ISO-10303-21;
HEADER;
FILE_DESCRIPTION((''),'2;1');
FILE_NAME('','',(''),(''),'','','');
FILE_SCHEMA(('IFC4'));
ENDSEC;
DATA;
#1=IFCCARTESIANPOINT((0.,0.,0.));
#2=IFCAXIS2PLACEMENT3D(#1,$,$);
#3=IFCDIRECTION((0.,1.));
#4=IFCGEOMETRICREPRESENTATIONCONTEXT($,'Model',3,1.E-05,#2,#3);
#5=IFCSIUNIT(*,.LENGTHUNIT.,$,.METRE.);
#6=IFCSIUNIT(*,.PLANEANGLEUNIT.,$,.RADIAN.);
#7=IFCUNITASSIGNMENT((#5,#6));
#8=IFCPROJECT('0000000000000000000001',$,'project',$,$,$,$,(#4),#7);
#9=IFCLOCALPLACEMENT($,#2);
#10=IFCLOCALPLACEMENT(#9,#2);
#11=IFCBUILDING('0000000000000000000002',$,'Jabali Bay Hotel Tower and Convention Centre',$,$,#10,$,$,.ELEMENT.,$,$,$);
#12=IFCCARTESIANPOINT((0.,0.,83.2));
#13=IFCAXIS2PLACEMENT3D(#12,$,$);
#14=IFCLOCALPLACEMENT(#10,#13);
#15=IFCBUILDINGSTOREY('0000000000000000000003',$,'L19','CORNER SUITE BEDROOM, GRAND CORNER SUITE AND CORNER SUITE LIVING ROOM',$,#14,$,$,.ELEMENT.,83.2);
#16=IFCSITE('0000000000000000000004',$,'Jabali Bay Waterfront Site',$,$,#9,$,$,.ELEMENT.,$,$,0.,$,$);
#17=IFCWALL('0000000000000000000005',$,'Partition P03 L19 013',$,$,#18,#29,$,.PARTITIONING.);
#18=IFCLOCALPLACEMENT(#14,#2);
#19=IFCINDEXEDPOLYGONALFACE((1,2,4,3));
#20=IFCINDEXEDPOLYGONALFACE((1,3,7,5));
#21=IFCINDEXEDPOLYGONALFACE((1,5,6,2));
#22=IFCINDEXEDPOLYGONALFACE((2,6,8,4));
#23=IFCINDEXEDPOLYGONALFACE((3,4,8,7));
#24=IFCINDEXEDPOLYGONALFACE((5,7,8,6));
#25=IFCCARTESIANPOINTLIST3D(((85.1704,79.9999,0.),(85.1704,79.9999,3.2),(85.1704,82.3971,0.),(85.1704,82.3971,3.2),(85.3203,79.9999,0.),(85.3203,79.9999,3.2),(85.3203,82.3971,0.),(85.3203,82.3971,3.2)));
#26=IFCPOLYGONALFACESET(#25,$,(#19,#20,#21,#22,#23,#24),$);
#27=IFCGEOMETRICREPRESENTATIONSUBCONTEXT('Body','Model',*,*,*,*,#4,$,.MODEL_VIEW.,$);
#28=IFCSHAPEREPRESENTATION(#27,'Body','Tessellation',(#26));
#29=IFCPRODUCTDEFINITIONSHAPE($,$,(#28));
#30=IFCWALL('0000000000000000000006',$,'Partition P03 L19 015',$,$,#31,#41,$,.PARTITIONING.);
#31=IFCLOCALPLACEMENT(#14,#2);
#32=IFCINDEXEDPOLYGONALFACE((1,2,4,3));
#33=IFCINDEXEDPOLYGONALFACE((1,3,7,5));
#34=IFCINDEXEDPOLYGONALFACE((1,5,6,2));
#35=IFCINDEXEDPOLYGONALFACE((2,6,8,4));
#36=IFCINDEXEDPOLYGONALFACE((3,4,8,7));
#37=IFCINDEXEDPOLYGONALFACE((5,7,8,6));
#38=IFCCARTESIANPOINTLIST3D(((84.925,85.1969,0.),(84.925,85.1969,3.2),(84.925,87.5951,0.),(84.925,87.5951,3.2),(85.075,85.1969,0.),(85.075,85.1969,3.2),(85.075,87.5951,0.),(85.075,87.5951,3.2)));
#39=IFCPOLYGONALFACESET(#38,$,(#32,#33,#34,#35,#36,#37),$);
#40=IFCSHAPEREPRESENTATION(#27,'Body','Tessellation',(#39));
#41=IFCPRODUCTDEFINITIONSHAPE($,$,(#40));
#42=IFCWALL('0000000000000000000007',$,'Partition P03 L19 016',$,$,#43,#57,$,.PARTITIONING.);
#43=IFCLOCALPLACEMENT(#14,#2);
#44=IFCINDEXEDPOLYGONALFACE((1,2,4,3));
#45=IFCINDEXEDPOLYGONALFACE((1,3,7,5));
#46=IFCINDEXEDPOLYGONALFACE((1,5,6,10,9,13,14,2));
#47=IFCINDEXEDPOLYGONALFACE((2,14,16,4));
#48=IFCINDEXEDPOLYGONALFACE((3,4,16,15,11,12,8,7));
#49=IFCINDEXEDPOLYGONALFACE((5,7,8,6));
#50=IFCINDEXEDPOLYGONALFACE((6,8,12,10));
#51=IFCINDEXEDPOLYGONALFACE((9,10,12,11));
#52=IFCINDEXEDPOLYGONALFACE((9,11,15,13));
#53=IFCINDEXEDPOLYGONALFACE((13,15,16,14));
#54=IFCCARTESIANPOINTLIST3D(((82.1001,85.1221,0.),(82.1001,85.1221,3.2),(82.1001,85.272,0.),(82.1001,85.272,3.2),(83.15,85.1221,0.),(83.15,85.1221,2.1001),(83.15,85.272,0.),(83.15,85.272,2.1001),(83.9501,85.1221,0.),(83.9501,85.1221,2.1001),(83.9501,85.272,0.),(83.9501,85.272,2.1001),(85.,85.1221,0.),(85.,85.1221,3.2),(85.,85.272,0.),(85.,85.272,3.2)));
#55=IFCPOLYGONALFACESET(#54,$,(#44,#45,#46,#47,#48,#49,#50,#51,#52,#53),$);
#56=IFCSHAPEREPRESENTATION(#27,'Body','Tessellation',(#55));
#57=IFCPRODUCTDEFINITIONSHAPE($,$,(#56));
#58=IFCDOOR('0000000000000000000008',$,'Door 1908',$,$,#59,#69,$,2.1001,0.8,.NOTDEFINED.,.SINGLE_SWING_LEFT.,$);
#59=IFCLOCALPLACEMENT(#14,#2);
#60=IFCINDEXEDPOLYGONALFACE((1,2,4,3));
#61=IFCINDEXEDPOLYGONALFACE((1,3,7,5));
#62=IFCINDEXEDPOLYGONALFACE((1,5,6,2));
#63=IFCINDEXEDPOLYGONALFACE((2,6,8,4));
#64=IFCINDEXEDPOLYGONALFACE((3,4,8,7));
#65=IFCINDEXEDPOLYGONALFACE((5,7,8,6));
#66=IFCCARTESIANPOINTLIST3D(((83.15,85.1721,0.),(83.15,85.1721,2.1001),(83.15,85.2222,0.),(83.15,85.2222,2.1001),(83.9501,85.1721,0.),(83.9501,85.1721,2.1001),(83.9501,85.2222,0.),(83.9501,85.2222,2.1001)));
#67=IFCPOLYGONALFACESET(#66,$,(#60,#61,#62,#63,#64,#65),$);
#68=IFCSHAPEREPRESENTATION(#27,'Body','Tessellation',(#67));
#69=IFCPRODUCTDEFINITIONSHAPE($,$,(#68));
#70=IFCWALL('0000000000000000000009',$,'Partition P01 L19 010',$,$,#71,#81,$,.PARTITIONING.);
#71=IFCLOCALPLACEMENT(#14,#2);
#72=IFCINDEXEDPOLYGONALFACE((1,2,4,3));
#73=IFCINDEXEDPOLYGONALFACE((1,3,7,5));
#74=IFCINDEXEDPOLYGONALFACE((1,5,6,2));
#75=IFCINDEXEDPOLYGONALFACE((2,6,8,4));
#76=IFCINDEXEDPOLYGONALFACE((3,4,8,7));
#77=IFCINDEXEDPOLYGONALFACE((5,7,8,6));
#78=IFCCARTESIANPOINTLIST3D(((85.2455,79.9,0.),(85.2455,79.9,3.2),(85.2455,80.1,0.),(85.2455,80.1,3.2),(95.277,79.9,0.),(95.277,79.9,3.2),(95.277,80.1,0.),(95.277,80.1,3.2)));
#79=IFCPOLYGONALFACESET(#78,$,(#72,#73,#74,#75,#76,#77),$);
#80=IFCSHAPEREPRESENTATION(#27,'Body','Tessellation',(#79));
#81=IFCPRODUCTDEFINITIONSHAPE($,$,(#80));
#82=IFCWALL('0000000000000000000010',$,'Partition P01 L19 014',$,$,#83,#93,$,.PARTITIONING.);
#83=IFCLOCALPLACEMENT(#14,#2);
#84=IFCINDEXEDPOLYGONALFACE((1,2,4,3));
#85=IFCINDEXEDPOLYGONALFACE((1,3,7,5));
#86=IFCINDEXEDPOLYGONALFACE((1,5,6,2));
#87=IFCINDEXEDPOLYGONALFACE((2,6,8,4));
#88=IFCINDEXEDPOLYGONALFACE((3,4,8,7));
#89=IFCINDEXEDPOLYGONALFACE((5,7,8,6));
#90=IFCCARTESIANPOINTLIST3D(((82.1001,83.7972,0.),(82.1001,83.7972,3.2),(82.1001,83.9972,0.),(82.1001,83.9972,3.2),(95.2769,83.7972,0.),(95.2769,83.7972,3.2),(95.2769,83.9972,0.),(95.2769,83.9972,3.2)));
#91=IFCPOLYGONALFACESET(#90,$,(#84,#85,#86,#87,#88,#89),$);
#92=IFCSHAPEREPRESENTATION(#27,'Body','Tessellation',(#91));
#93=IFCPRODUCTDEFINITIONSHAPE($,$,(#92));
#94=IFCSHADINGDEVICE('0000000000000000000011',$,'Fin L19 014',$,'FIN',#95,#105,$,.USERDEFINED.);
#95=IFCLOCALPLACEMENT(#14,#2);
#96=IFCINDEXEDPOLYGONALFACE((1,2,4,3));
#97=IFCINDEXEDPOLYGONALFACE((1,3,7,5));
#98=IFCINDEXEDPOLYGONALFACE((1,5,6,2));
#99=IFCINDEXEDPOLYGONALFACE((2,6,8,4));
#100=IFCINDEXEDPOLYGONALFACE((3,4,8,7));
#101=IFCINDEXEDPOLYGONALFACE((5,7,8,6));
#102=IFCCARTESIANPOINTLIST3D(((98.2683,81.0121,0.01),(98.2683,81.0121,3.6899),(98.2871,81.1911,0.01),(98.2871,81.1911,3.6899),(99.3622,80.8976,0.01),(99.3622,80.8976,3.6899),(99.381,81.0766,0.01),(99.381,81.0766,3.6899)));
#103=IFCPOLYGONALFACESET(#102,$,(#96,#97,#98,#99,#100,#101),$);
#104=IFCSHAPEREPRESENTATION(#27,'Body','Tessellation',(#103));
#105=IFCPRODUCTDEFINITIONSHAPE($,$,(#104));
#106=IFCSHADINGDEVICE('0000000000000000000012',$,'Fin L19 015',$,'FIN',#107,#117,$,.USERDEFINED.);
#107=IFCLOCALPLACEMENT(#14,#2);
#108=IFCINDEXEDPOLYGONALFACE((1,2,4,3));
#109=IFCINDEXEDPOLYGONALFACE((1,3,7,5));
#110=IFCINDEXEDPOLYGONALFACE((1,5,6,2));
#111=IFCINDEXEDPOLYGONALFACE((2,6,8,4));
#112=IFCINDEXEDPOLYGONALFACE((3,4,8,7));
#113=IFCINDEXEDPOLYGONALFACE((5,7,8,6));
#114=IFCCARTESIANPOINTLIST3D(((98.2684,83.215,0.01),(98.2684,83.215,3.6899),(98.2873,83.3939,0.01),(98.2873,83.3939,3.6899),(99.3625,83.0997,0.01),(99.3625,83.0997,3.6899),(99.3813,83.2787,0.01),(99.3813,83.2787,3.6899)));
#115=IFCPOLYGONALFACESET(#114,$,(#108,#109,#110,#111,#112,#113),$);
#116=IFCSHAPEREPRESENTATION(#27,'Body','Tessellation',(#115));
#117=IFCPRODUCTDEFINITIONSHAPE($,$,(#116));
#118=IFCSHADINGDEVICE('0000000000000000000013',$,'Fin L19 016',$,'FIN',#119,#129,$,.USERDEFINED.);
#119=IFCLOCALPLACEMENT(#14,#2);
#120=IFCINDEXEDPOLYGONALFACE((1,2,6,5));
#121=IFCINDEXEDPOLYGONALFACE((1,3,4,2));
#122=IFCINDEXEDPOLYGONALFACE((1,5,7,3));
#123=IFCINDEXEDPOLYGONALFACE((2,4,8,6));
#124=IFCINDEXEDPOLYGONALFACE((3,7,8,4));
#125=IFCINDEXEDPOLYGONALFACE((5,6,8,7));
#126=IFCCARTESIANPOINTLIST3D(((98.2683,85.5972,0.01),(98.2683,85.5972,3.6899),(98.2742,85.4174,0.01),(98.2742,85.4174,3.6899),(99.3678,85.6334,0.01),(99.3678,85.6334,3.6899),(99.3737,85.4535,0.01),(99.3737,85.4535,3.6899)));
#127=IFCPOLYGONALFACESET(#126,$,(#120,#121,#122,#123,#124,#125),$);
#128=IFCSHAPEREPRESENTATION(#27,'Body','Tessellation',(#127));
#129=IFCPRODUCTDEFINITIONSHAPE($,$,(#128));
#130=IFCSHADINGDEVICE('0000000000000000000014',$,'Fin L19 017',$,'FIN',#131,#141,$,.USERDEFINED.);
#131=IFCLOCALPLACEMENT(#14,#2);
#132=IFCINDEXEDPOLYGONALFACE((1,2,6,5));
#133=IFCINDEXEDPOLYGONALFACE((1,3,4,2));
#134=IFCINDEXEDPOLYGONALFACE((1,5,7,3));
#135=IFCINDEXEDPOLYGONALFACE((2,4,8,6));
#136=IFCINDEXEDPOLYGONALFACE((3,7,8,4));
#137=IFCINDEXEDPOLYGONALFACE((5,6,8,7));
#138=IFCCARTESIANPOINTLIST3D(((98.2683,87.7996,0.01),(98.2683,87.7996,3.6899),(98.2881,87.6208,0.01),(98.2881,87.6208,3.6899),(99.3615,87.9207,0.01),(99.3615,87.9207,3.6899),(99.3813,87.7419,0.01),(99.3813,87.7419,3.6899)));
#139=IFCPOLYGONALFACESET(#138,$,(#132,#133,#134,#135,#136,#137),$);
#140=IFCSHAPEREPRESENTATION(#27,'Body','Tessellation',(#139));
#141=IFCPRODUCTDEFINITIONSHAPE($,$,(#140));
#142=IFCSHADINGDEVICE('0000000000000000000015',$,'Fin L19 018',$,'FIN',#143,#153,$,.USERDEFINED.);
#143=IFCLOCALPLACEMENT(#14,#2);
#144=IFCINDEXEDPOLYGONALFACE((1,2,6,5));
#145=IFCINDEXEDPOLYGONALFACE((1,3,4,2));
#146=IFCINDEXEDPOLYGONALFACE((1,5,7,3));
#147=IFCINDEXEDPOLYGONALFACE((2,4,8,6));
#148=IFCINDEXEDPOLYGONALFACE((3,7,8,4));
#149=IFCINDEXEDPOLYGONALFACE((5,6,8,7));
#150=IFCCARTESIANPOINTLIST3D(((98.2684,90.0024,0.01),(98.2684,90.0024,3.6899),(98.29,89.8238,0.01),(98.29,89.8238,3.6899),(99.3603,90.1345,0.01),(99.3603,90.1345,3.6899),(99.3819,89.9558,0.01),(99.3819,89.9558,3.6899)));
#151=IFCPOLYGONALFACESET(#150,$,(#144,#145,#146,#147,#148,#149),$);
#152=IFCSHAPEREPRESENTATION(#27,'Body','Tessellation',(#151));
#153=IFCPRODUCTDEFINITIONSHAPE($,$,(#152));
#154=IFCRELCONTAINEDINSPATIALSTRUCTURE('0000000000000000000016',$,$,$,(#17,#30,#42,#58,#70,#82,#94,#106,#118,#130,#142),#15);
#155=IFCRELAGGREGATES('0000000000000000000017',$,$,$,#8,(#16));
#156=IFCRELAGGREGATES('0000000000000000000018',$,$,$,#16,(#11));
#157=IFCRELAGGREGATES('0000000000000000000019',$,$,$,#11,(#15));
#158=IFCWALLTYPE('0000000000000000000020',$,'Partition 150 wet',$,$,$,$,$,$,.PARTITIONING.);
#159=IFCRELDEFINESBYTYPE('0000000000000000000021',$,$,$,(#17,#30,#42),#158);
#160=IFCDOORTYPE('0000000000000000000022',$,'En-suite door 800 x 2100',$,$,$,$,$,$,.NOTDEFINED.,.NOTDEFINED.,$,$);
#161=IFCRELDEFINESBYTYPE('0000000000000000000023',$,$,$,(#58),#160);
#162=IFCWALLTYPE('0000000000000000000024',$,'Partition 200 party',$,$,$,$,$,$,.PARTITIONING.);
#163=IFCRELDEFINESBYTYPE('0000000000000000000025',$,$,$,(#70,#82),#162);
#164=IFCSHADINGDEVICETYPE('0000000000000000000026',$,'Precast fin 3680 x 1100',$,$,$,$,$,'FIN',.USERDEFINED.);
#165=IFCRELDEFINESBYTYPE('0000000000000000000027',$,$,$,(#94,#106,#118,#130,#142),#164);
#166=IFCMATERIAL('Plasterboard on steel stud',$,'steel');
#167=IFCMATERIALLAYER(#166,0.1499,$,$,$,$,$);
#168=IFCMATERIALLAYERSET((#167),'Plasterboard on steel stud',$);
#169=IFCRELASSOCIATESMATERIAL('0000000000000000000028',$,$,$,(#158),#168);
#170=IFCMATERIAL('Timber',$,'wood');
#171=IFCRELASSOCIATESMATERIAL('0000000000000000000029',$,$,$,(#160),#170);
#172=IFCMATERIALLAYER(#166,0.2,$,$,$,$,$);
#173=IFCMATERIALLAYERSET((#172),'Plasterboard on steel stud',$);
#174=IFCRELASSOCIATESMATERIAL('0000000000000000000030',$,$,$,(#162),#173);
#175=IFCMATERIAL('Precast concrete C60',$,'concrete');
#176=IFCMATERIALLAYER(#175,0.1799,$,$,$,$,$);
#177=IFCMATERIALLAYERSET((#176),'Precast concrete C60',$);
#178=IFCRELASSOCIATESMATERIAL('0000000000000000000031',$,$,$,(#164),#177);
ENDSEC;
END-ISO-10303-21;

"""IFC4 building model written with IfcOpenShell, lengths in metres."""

from ifc_helpers import new_model, si_unit, direction, frame, frame_2d, origin, place, context, subcontext, project, spatial, rectangle, extrude, material, layer, layer_set, type_object, element, fill, save


model = new_model("IFC4")

# Units and contexts
model_context = context("Model", 3, precision=1e-05, world=origin(), true_north=direction((0.0, 1.0)))
body_context = subcontext(model_context, "Body", "Model", "MODEL_VIEW")
ifc_project = project(units=[si_unit("LENGTHUNIT", "METRE"), si_unit("PLANEANGLEUNIT", "RADIAN")], contexts=[model_context])

# Site, building, storey
site_placement = place(None, origin())
site = spatial("IfcSite", under=ifc_project, at=site_placement, Name="Jabali Bay Waterfront Site", CompositionType="ELEMENT", RefElevation=0.0)
building_placement = place(site_placement, origin())
building = spatial("IfcBuilding", under=site, at=building_placement, Name="Jabali Bay Hotel Tower and Convention Centre", CompositionType="ELEMENT")
storey_placement = place(building_placement, frame((0.0, 0.0, 83.2)))
storey = spatial("IfcBuildingStorey", under=building, at=storey_placement, Name="L19", Description="CORNER SUITE BEDROOM, GRAND CORNER SUITE AND CORNER SUITE LIVING ROOM", CompositionType="ELEMENT", Elevation=83.2)

# Shared definitions
ifc_material_1 = material(Name="Plasterboard on steel stud", Category="steel")
ifc_layer_1 = layer(ifc_material_1, 0.1499)
ifc_layer_set_1 = layer_set([ifc_layer_1], Name="Plasterboard on steel stud")
wall_type_1 = type_object("IfcWallType", Name="Partition 150 wet", PredefinedType="PARTITIONING", material=ifc_layer_set_1)

# Shared definitions
ifc_material_2 = material(Name="Timber", Category="wood")
door_type_1 = type_object("IfcDoorType", Name="En-suite door 800 x 2100", OperationType="NOTDEFINED", PredefinedType="NOTDEFINED", material=ifc_material_2)

# Walls
wall_1_placement = place(storey_placement, frame((85.2454, 82.3972, 0.0), z_axis=(0.0, 0.0, 1.0), x_axis=(0.0, -1.0, 0.0)))
element("IfcWall", 1, at=wall_1_placement, inside=storey, type_object=wall_type_1, Name="Partition P03 L19 013", PredefinedType="PARTITIONING", context=body_context, shape_type="SweptSolid", body=[
    extrude(rectangle(XDim=2.3972, YDim=0.1499, at=frame_2d((1.1987, 0.0))), origin(), (0.0, 0.0, 1.0), 3.2),
])
wall_2_placement = place(storey_placement, frame((85.0, 87.5952, 0.0), z_axis=(0.0, 0.0, 1.0), x_axis=(0.0, -1.0, 0.0)))
element("IfcWall", 2, at=wall_2_placement, inside=storey, type_object=wall_type_1, Name="Partition P03 L19 015", PredefinedType="PARTITIONING", context=body_context, shape_type="SweptSolid", body=[
    extrude(rectangle(XDim=2.3982, YDim=0.1499, at=frame_2d((1.1992, 0.0))), origin(), (0.0, 0.0, 1.0), 3.2),
])

# Wall, opening, door
wall_3_placement = place(storey_placement, frame((85.0, 85.197, 0.0), z_axis=(0.0, 0.0, 1.0), x_axis=(-1.0, 0.0, 0.0)))
wall_3 = element("IfcWall", 3, at=wall_3_placement, inside=storey, type_object=wall_type_1, Name="Partition P03 L19 016", PredefinedType="PARTITIONING", context=body_context, shape_type="SweptSolid", body=[
    extrude(rectangle(XDim=2.8999, YDim=0.1499, at=frame_2d((1.45, 0.0))), origin(), (0.0, 0.0, 1.0), 3.2),
])
opening_1_placement = place(wall_3_placement, frame((1.05, 0.0, 0.0)))
opening_1 = element("IfcOpeningElement", 4, at=opening_1_placement, cuts=wall_3, PredefinedType="OPENING", context=body_context, shape_type="SweptSolid", body=[
    extrude(rectangle(XDim=0.8, YDim=2.1001, at=frame_2d((0.3999, 1.05))), frame((0.0, 0.0854, 0.0), z_axis=(0.0, -1.0, 0.0), x_axis=(1.0, 0.0, 0.0)), (0.0, 0.0, 1.0), 0.1709),
])
door_1_placement = place(opening_1_placement, origin())
door_1 = element("IfcDoor", 5, at=door_1_placement, inside=storey, type_object=door_type_1, Name="Door 1908", OperationType="SINGLE_SWING_LEFT", OverallHeight=2.1001, OverallWidth=0.8, PredefinedType="NOTDEFINED", context=body_context, shape_type="SweptSolid", body=[
    extrude(rectangle(XDim=0.8, YDim=2.1001, at=frame_2d((0.3999, 1.05))), frame((0.0, 0.0249, 0.0), z_axis=(0.0, -1.0, 0.0), x_axis=(1.0, 0.0, 0.0)), (0.0, 0.0, 1.0), 0.05),
])
fill(opening_1, door_1)

# Walls
ifc_layer_2 = layer(ifc_material_1, 0.2)
ifc_layer_set_2 = layer_set([ifc_layer_2], Name="Plasterboard on steel stud")
wall_type_2 = type_object("IfcWallType", Name="Partition 200 party", PredefinedType="PARTITIONING", material=ifc_layer_set_2)
wall_4_placement = place(storey_placement, frame((95.2769, 80.0, 0.0), z_axis=(0.0, 0.0, 1.0), x_axis=(-1.0, 0.0, 0.0)))
element("IfcWall", 6, at=wall_4_placement, inside=storey, type_object=wall_type_2, Name="Partition P01 L19 010", PredefinedType="PARTITIONING", context=body_context, shape_type="SweptSolid", body=[
    extrude(rectangle(XDim=10.0315, YDim=0.2, at=frame_2d((5.0156, 0.0))), origin(), (0.0, 0.0, 1.0), 3.2),
])
wall_5_placement = place(storey_placement, frame((95.2769, 83.8972, 0.0), z_axis=(0.0, 0.0, 1.0), x_axis=(-1.0, 0.0, 0.0)))
element("IfcWall", 7, at=wall_5_placement, inside=storey, type_object=wall_type_2, Name="Partition P01 L19 014", PredefinedType="PARTITIONING", context=body_context, shape_type="SweptSolid", body=[
    extrude(rectangle(XDim=13.1768, YDim=0.2, at=frame_2d((6.5884, 0.0))), origin(), (0.0, 0.0, 1.0), 3.2),
])

# Shading devices
ifc_material_3 = material(Name="Precast concrete C60", Category="concrete")
ifc_layer_3 = layer(ifc_material_3, 0.1799)
ifc_layer_set_3 = layer_set([ifc_layer_3], Name="Precast concrete C60")
shading_device_type = type_object("IfcShadingDeviceType", Name="Precast fin 3680 x 1100", ElementType="FIN", PredefinedType="USERDEFINED", material=ifc_layer_set_3)
shading_device_placement = place(storey_placement, frame((98.2778, 81.1016, 0.01), z_axis=(0.0, 0.0, 1.0), x_axis=(0.994567, -0.104096, 0.0)))
element("IfcShadingDevice", 8, at=shading_device_placement, inside=storey, type_object=shading_device_type, Name="Fin L19 014", ObjectType="FIN", PredefinedType="USERDEFINED", context=body_context, shape_type="SweptSolid", body=[
    extrude(rectangle(XDim=1.0999, YDim=0.1799, at=frame_2d((0.5498, 0.0))), origin(), (0.0, 0.0, 1.0), 3.6799),
])
for number, where, z_axis, x_axis, name in (
    (9, (98.2778, 83.3044, 0.01), (0.0, 0.0, 1.0), (0.994498, -0.104754, 0.0), "Fin L19 015"),
    (10, (98.2712, 85.5073, 0.01), (0.0, 0.0, 1.0), (0.999461, 0.032842, 0.0), "Fin L19 016"),
):
    element("IfcShadingDevice", number, at=place(storey_placement, frame(where, z_axis=z_axis, x_axis=x_axis)), inside=storey, type_object=shading_device_type, Name=name, ObjectType="FIN", PredefinedType="USERDEFINED", context=body_context, shape_type="SweptSolid", body=[
        extrude(rectangle(XDim=1.1001, YDim=0.1799, at=frame_2d((0.55, 0.0))), origin(), (0.0, 0.0, 1.0), 3.6799),
    ])
for number, where, z_axis, x_axis, name in (
    (11, (98.2783, 87.7102, 0.01), (0.0, 0.0, 1.0), (0.993922, 0.11009, 0.0), "Fin L19 017"),
    (12, (98.2793, 89.9131, 0.01), (0.0, 0.0, 1.0), (0.992762, 0.120099, 0.0), "Fin L19 018"),
):
    element("IfcShadingDevice", number, at=place(storey_placement, frame(where, z_axis=z_axis, x_axis=x_axis)), inside=storey, type_object=shading_device_type, Name=name, ObjectType="FIN", PredefinedType="USERDEFINED", context=body_context, shape_type="SweptSolid", body=[
        extrude(rectangle(XDim=1.0999, YDim=0.1799, at=frame_2d((0.5498, 0.0))), origin(), (0.0, 0.0, 1.0), 3.6799),
    ])

save(model, "model.ifc")
